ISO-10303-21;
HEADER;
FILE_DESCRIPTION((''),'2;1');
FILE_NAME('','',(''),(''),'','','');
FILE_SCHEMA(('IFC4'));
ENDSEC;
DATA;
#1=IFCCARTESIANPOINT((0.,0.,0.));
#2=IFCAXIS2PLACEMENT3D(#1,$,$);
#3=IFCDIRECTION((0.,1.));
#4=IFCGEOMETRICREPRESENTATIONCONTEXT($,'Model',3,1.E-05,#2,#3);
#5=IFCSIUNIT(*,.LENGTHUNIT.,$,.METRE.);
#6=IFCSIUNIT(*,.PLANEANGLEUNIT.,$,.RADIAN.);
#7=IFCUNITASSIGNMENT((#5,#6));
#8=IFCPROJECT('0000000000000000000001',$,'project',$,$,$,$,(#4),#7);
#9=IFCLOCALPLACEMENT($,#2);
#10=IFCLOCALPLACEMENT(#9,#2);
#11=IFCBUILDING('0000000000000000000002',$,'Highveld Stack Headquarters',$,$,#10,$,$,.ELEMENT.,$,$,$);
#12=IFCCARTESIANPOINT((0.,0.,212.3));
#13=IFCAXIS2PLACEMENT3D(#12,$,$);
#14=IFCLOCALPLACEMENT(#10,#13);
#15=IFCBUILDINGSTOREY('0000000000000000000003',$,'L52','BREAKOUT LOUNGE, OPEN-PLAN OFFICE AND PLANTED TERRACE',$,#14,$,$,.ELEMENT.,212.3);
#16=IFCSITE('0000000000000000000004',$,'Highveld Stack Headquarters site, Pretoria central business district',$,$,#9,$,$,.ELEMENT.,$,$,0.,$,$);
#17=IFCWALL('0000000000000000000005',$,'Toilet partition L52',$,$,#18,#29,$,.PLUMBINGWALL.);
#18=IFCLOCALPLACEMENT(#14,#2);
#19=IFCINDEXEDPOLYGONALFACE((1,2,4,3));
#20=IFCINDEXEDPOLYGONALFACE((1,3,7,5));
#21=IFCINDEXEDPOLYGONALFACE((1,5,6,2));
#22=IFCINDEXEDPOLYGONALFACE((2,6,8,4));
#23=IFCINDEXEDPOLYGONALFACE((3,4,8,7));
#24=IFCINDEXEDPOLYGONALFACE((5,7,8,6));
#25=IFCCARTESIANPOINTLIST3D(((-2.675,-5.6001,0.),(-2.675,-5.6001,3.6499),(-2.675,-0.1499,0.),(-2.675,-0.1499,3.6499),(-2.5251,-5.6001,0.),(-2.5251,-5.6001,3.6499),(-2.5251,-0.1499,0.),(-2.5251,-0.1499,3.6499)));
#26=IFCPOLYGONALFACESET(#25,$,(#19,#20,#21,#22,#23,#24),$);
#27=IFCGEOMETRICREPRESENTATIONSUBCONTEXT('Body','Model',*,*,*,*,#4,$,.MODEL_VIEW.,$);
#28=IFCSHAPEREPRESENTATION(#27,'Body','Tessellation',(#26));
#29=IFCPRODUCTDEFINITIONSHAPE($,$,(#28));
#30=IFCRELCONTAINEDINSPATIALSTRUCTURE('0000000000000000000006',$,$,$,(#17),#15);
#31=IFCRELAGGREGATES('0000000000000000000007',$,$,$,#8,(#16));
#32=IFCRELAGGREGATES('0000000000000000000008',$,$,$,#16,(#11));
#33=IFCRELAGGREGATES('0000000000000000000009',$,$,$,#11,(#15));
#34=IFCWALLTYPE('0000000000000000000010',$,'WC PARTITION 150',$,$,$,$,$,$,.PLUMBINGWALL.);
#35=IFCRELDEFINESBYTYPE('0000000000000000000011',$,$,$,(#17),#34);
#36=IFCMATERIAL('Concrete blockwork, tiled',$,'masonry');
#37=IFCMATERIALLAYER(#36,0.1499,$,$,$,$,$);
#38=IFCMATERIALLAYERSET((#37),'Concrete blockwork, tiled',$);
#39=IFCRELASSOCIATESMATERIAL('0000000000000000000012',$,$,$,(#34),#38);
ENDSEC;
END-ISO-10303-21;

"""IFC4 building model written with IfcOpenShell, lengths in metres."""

from ifc_helpers import new_model, si_unit, direction, frame, frame_2d, origin, place, context, subcontext, project, spatial, rectangle, extrude, material, layer, layer_set, type_object, element, save


model = new_model("IFC4")

# Units and contexts
model_context = context("Model", 3, precision=1e-05, world=origin(), true_north=direction((0.0, 1.0)))
body_context = subcontext(model_context, "Body", "Model", "MODEL_VIEW")
ifc_project = project(units=[si_unit("LENGTHUNIT", "METRE"), si_unit("PLANEANGLEUNIT", "RADIAN")], contexts=[model_context])

# Site, building, storey
site_placement = place(None, origin())
site = spatial("IfcSite", under=ifc_project, at=site_placement, Name="Highveld Stack Headquarters site, Pretoria central business district", CompositionType="ELEMENT", RefElevation=0.0)
building_placement = place(site_placement, origin())
building = spatial("IfcBuilding", under=site, at=building_placement, Name="Highveld Stack Headquarters", CompositionType="ELEMENT")
storey_placement = place(building_placement, frame((0.0, 0.0, 212.3)))
storey = spatial("IfcBuildingStorey", under=building, at=storey_placement, Name="L52", Description="BREAKOUT LOUNGE, OPEN-PLAN OFFICE AND PLANTED TERRACE", CompositionType="ELEMENT", Elevation=212.3)

# Wall
ifc_material_1 = material(Name="Concrete blockwork, tiled", Category="masonry")
ifc_layer_1 = layer(ifc_material_1, 0.1499)
ifc_layer_set_1 = layer_set([ifc_layer_1], Name="Concrete blockwork, tiled")
wall_type_1 = type_object("IfcWallType", Name="WC PARTITION 150", PredefinedType="PLUMBINGWALL", material=ifc_layer_set_1)
wall_1_placement = place(storey_placement, frame((-2.6001, -5.6001, 0.0), z_axis=(0.0, 0.0, 1.0), x_axis=(0.0, 1.0, 0.0)))
element("IfcWall", 1, at=wall_1_placement, inside=storey, type_object=wall_type_1, Name="Toilet partition L52", PredefinedType="PLUMBINGWALL", context=body_context, shape_type="SweptSolid", body=[
    extrude(rectangle(XDim=5.4502, YDim=0.1499, at=frame_2d((2.7251, 0.0))), origin(), (0.0, 0.0, 1.0), 3.6499),
])

save(model, "model.ifc")
